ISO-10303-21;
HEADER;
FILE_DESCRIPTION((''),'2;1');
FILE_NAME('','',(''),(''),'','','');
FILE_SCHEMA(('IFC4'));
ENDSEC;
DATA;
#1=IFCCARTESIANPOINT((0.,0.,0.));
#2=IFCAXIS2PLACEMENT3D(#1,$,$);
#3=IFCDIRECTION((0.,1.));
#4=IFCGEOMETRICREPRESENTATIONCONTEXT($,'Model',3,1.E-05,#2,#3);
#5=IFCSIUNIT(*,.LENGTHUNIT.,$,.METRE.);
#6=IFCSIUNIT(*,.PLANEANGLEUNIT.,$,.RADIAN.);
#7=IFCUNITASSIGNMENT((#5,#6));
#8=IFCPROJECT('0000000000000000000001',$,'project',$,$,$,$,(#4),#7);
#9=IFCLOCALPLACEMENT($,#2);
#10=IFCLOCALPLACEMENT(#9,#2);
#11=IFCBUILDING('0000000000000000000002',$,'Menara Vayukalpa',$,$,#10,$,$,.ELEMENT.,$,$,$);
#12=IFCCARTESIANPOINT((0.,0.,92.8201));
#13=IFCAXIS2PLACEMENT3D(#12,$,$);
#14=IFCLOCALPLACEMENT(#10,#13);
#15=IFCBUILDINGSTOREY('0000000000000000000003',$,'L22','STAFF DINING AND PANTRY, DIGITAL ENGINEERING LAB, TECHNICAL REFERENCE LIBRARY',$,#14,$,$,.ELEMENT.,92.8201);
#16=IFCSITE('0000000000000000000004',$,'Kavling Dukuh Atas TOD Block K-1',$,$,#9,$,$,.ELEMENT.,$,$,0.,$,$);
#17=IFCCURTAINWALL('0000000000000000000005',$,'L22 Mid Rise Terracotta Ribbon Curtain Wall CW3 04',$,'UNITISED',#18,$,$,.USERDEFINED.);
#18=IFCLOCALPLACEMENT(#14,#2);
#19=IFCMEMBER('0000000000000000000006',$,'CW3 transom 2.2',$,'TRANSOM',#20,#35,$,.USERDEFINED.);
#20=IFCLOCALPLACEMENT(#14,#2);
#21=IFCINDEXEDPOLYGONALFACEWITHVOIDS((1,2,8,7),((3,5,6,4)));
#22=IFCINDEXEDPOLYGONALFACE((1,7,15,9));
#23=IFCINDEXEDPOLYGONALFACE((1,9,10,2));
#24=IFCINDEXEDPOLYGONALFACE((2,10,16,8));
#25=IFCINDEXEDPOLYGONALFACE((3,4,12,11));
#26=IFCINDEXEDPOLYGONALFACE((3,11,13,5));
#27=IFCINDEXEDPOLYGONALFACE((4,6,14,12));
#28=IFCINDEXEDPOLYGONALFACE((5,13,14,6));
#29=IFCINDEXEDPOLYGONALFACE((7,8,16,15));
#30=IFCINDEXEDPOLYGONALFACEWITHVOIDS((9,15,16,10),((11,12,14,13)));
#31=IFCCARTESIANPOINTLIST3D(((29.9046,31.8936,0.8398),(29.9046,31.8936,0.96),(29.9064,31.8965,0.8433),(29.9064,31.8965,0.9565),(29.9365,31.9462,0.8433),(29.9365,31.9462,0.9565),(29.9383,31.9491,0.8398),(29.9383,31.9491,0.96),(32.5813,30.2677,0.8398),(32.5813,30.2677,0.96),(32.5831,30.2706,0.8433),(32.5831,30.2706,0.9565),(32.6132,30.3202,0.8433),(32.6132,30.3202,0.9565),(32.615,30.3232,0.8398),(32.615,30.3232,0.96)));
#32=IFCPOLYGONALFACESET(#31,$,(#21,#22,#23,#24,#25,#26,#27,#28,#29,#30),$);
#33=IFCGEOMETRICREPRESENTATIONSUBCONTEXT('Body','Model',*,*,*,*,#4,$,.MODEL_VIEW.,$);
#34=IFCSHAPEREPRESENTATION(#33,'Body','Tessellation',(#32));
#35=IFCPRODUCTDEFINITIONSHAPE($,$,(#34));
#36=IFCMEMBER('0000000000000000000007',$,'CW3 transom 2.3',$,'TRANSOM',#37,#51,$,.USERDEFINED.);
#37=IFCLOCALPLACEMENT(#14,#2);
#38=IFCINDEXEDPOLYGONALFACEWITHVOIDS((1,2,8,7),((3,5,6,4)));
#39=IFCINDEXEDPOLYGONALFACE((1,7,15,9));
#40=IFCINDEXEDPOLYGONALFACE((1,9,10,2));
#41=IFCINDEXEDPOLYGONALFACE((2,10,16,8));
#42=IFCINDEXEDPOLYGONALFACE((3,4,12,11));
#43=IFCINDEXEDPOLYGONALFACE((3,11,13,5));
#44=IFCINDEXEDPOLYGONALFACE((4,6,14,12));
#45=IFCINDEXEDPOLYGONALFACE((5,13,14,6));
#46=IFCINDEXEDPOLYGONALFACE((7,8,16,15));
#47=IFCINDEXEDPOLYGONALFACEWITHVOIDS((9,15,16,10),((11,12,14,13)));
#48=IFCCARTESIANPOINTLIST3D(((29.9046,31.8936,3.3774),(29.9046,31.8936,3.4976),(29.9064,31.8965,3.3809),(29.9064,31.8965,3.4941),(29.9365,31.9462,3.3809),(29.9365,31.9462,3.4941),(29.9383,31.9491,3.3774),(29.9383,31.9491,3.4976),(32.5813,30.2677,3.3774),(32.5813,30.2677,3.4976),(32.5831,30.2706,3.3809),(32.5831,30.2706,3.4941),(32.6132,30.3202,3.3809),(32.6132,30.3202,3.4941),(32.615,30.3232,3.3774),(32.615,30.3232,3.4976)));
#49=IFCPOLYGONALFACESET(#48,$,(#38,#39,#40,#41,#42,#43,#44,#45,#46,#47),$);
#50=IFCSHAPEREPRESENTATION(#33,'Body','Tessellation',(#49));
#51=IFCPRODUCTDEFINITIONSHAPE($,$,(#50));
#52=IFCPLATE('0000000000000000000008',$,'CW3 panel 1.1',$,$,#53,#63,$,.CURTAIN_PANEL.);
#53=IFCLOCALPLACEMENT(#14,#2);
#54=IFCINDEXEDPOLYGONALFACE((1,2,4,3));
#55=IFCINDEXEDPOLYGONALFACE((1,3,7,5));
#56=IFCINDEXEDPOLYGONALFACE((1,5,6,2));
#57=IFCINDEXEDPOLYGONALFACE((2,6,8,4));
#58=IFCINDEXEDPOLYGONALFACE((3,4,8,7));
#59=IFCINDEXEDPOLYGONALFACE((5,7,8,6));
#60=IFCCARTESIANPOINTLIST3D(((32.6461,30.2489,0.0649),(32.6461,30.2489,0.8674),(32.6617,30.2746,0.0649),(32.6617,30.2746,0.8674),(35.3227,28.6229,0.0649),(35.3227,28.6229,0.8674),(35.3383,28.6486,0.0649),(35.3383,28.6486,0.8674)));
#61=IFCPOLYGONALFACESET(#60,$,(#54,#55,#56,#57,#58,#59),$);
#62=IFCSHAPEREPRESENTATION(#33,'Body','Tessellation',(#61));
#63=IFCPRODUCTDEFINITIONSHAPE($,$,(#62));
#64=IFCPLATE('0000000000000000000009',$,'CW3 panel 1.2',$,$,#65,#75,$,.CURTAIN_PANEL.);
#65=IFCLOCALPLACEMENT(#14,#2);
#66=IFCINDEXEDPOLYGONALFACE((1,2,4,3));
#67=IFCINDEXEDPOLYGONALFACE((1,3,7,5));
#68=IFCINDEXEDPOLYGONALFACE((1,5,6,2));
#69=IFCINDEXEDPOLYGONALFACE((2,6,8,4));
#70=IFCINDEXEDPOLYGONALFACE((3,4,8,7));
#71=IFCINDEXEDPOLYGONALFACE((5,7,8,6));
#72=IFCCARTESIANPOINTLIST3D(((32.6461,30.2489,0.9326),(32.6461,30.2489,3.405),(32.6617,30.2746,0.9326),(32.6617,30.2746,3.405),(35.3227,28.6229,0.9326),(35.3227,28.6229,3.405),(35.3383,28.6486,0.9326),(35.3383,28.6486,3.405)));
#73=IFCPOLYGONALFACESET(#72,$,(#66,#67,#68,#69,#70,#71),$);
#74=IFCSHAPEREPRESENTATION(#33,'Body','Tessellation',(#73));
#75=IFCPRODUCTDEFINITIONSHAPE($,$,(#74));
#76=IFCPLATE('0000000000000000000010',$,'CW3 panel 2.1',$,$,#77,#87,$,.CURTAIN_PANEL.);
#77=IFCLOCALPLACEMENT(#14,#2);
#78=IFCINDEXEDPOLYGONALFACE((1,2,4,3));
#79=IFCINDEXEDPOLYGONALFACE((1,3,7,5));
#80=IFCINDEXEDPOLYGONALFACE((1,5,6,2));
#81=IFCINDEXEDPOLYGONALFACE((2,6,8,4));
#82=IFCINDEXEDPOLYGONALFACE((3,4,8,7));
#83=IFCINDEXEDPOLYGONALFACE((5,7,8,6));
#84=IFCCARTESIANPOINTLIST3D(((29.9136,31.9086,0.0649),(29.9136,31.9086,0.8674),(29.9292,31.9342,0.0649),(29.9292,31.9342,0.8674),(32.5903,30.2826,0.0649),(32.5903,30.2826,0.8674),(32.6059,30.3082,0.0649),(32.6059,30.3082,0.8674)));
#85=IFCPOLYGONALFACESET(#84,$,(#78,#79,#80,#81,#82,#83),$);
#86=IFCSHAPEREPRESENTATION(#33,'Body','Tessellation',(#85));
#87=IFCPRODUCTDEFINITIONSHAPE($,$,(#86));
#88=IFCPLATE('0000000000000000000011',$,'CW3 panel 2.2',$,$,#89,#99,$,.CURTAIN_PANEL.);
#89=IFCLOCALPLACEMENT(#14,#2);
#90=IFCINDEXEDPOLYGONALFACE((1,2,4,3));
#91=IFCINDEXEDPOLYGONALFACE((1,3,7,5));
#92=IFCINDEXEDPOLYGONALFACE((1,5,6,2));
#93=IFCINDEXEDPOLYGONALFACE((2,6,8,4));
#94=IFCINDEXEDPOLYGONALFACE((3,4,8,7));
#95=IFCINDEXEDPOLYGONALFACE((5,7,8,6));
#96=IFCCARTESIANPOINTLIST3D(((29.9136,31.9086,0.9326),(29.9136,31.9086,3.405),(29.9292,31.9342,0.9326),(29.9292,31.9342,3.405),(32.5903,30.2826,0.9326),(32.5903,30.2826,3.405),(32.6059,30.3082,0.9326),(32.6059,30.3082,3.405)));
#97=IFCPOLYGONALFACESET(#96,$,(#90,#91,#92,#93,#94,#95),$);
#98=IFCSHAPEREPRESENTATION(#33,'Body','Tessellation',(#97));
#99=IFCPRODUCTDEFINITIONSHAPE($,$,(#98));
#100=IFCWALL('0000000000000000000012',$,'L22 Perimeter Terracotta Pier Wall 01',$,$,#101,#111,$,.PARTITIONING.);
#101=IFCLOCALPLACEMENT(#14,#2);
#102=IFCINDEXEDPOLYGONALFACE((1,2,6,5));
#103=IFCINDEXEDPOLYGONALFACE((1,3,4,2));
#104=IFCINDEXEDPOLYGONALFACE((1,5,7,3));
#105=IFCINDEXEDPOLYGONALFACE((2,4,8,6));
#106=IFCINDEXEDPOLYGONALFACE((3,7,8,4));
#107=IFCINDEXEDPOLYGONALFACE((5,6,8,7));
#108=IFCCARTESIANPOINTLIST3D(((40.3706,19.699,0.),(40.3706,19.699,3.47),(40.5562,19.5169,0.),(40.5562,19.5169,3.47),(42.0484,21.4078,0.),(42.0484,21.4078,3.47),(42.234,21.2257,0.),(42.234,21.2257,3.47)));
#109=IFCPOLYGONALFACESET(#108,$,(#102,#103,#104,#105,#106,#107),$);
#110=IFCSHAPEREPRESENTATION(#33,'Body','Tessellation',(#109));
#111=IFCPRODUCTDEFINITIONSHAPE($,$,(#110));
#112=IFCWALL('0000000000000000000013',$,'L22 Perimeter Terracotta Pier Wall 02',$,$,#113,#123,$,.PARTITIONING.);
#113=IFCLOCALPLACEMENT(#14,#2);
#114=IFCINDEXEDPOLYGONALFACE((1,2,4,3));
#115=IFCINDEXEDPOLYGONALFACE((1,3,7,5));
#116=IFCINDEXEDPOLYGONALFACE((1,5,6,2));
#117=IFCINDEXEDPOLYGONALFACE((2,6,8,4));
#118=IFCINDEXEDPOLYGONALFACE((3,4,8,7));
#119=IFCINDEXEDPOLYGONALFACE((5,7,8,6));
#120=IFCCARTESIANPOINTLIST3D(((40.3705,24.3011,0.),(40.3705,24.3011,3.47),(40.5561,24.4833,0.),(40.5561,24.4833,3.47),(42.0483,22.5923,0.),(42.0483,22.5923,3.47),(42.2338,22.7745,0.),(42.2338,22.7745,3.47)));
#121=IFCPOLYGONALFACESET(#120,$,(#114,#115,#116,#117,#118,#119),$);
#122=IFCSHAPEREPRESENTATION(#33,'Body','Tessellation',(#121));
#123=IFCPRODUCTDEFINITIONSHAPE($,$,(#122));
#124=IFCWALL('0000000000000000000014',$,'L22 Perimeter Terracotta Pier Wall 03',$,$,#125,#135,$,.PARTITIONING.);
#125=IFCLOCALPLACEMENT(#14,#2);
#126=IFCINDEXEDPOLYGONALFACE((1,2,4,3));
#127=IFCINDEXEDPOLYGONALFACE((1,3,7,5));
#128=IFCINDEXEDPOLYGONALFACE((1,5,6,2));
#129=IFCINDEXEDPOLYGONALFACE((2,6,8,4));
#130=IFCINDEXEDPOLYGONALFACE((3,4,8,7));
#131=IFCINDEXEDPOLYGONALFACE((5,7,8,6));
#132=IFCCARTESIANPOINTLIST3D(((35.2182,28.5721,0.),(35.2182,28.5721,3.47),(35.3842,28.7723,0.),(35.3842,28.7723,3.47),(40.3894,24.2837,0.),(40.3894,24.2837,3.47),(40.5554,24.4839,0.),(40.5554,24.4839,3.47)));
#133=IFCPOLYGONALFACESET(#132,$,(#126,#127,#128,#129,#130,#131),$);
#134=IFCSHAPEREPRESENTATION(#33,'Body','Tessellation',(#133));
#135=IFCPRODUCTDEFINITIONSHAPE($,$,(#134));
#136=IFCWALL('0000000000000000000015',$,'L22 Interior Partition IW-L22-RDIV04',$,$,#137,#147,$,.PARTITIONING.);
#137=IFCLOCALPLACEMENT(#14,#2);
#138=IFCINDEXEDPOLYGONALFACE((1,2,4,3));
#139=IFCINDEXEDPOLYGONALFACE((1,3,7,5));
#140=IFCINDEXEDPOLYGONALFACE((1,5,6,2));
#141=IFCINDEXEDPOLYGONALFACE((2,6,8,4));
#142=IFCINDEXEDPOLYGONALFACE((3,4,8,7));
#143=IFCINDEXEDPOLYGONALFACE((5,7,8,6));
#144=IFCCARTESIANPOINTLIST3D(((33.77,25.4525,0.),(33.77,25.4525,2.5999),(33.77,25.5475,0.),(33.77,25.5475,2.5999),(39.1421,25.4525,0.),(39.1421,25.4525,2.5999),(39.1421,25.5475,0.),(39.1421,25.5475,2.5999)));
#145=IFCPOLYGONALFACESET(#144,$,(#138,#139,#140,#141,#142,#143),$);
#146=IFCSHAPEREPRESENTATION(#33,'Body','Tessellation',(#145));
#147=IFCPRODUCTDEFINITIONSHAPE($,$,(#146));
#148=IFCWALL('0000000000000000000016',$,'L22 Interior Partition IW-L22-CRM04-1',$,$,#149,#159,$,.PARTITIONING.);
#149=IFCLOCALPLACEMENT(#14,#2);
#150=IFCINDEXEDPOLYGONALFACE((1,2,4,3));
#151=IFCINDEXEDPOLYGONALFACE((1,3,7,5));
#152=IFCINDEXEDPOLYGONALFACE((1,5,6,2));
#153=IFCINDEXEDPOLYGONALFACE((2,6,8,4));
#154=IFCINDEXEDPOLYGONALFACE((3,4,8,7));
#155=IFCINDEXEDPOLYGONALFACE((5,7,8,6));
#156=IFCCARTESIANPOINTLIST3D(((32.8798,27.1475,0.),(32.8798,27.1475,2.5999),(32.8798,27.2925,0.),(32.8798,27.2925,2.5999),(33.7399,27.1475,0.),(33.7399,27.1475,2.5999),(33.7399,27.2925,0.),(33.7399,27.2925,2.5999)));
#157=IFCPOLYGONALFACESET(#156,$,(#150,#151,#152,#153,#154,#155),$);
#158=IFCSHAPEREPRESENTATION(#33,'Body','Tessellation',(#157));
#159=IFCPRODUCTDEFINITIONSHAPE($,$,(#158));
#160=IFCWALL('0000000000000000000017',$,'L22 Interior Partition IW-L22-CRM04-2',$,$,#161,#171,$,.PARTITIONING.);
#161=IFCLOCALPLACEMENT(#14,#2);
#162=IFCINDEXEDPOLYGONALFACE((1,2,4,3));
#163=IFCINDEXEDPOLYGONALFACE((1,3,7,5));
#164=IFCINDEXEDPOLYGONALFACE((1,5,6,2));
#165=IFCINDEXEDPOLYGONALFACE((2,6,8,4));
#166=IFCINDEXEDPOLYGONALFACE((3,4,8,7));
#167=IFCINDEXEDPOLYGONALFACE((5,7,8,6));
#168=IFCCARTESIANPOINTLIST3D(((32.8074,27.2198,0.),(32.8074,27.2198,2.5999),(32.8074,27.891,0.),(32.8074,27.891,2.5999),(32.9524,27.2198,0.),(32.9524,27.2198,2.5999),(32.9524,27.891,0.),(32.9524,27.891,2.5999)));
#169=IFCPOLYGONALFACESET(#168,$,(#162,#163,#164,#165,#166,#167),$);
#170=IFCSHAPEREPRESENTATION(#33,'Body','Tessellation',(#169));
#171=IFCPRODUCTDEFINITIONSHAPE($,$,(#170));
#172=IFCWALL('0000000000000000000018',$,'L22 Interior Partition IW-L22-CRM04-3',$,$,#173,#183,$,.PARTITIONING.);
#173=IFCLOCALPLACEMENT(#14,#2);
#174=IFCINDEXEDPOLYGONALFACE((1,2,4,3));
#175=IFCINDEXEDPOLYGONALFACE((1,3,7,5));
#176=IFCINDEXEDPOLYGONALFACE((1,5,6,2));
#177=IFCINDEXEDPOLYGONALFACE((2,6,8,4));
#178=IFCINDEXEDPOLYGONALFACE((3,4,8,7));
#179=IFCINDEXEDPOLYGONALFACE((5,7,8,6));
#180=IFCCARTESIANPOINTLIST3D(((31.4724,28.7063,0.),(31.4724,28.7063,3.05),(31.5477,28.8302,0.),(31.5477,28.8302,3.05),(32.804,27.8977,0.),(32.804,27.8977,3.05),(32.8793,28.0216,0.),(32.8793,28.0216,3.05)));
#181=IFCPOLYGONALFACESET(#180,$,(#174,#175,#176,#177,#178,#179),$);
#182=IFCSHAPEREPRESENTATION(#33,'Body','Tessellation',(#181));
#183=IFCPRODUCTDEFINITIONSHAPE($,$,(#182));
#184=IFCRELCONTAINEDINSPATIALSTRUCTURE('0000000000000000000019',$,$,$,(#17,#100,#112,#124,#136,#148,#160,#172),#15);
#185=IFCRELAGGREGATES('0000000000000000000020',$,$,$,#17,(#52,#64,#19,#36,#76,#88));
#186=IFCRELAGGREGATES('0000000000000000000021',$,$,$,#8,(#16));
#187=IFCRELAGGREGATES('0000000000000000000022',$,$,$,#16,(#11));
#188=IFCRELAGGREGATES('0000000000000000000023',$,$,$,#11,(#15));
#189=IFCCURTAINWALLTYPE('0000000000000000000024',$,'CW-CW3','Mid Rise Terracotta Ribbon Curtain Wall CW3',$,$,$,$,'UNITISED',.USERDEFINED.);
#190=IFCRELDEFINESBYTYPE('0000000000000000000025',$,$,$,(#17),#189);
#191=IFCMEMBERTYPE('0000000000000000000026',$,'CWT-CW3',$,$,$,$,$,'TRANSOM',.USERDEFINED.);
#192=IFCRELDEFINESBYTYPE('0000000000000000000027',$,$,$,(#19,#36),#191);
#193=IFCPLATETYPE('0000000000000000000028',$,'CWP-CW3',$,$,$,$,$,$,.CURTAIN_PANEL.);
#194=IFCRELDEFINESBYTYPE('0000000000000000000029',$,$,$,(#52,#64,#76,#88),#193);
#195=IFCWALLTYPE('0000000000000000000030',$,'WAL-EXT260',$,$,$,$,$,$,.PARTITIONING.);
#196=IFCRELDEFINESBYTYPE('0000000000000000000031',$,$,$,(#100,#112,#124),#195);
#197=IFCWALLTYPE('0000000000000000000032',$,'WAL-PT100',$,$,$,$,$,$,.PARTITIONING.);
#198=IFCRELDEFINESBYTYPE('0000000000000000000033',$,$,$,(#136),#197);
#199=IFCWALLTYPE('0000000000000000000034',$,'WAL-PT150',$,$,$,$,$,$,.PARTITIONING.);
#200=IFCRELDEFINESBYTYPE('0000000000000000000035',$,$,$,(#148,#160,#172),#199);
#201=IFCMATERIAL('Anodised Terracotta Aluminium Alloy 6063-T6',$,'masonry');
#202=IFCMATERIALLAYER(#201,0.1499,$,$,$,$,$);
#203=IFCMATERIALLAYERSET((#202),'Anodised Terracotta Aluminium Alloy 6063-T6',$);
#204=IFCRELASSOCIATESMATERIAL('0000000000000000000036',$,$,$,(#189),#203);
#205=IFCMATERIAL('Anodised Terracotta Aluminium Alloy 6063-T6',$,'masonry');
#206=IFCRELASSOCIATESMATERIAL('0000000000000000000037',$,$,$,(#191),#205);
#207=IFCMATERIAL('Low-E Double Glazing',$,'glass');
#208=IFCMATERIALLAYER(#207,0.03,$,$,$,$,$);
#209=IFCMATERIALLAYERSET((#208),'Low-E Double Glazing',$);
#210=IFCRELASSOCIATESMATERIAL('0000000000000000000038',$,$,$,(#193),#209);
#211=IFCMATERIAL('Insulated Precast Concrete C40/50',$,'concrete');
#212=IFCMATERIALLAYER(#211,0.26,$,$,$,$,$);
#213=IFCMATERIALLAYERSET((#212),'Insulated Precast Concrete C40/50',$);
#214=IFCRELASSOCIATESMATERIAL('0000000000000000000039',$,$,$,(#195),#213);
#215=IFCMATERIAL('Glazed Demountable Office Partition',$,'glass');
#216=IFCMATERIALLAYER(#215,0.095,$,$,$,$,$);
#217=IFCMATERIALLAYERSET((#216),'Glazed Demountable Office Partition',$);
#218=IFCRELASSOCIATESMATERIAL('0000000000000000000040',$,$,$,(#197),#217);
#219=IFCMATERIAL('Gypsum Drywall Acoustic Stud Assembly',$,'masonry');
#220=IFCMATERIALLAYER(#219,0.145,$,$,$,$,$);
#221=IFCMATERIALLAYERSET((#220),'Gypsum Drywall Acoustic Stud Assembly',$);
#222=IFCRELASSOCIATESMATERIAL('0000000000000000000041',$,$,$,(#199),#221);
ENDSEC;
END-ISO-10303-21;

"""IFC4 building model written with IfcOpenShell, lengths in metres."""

from ifc_helpers import new_model, si_unit, direction, frame, frame_2d, origin, origin_2d, place, context, subcontext, project, spatial, rectangle, hollow_rectangle, extrude, material, layer, layer_set, material_profile, profile_set, type_object, element, aggregate, save


model = new_model("IFC4")

# Units and contexts
model_context = context("Model", 3, precision=1e-05, world=origin(), true_north=direction((0.0, 1.0)))
body_context = subcontext(model_context, "Body", "Model", "MODEL_VIEW")
ifc_project = project(units=[si_unit("LENGTHUNIT", "METRE"), si_unit("PLANEANGLEUNIT", "RADIAN")], contexts=[model_context])

# Site, building, storey
site_placement = place(None, origin())
site = spatial("IfcSite", under=ifc_project, at=site_placement, Name="Kavling Dukuh Atas TOD Block K-1", CompositionType="ELEMENT", RefElevation=0.0)
building_placement = place(site_placement, origin())
building = spatial("IfcBuilding", under=site, at=building_placement, Name="Menara Vayukalpa", CompositionType="ELEMENT")
storey_placement = place(building_placement, frame((0.0, 0.0, 92.8201)))
storey = spatial("IfcBuildingStorey", under=building, at=storey_placement, Name="L22", Description="STAFF DINING AND PANTRY, DIGITAL ENGINEERING LAB, TECHNICAL REFERENCE LIBRARY", CompositionType="ELEMENT", Elevation=92.8201)

# Curtain wall, members, plates
ifc_material_1 = material(Name="Anodised Terracotta Aluminium Alloy 6063-T6", Category="masonry")
ifc_layer_1 = layer(ifc_material_1, 0.1499)
ifc_layer_set_1 = layer_set([ifc_layer_1], Name="Anodised Terracotta Aluminium Alloy 6063-T6")
curtain_wall_type = type_object("IfcCurtainWallType", Name="CW-CW3", Description="Mid Rise Terracotta Ribbon Curtain Wall CW3", ElementType="UNITISED", PredefinedType="USERDEFINED", material=ifc_layer_set_1)
curtain_wall_placement = place(storey_placement, origin())
curtain_wall = element("IfcCurtainWall", 1, at=curtain_wall_placement, inside=storey, type_object=curtain_wall_type, Name="L22 Mid Rise Terracotta Ribbon Curtain Wall CW3 04", ObjectType="UNITISED", PredefinedType="USERDEFINED")
ifc_material_2 = material(Name="Anodised Terracotta Aluminium Alloy 6063-T6", Category="masonry")
ifc_material_profile_1 = material_profile(ifc_material_2, hollow_rectangle(XDim=0.0649, YDim=0.1201, WallThickness=0.0034, at=origin_2d()), Name="ALU 65x120x3.5")
ifc_profile_set_1 = profile_set([ifc_material_profile_1], Name="Anodised Terracotta Aluminium Alloy 6063-T6")
member_type_1 = type_object("IfcMemberType", Name="CWT-CW3", ElementType="TRANSOM", PredefinedType="USERDEFINED", material=ifc_profile_set_1)
member_1_placement = place(storey_placement, frame((32.5981, 30.2954, 0.8999), z_axis=(-0.854674, 0.519165, 0.0), x_axis=(-0.519165, -0.854674, 0.0)))
member_1 = element("IfcMember", 2, at=member_1_placement, type_object=member_type_1, Name="CW3 transom 2.2", ObjectType="TRANSOM", PredefinedType="USERDEFINED", context=body_context, shape_type="SweptSolid", body=[
    extrude(hollow_rectangle(XDim=0.0649, YDim=0.1201, WallThickness=0.0034, at=origin_2d()), origin(), (0.0, 0.0, 1.0), 3.1318),
])
member_2_placement = place(storey_placement, frame((32.5981, 30.2954, 3.4375), z_axis=(-0.854674, 0.519165, 0.0), x_axis=(-0.519165, -0.854674, 0.0)))
member_2 = element("IfcMember", 3, at=member_2_placement, type_object=member_type_1, Name="CW3 transom 2.3", ObjectType="TRANSOM", PredefinedType="USERDEFINED", context=body_context, shape_type="SweptSolid", body=[
    extrude(hollow_rectangle(XDim=0.0649, YDim=0.1201, WallThickness=0.0034, at=origin_2d()), origin(), (0.0, 0.0, 1.0), 3.1318),
])
ifc_material_3 = material(Name="Low-E Double Glazing", Category="glass")
ifc_layer_2 = layer(ifc_material_3, 0.03)
ifc_layer_set_2 = layer_set([ifc_layer_2], Name="Low-E Double Glazing")
plate_type = type_object("IfcPlateType", Name="CWP-CW3", PredefinedType="CURTAIN_PANEL", material=ifc_layer_set_2)
plate_1_placement = place(storey_placement, frame((33.9922, 29.4487, 0.0649), z_axis=(0.0, 0.0, 1.0), x_axis=(-0.854663, 0.519183, 0.0)))
plate_1 = element("IfcPlate", 4, at=plate_1_placement, type_object=plate_type, Name="CW3 panel 1.1", PredefinedType="CURTAIN_PANEL", context=body_context, shape_type="SweptSolid", body=[
    extrude(rectangle(XDim=3.1318, YDim=0.03, at=origin_2d()), origin(), (0.0, 0.0, 1.0), 0.8025),
])
plate_2_placement = place(storey_placement, frame((33.9922, 29.4487, 0.9326), z_axis=(0.0, 0.0, 1.0), x_axis=(-0.854663, 0.519183, 0.0)))
plate_2 = element("IfcPlate", 5, at=plate_2_placement, type_object=plate_type, Name="CW3 panel 1.2", PredefinedType="CURTAIN_PANEL", context=body_context, shape_type="SweptSolid", body=[
    extrude(rectangle(XDim=3.1318, YDim=0.03, at=origin_2d()), origin(), (0.0, 0.0, 1.0), 2.4724),
])
plate_3_placement = place(storey_placement, frame((31.2598, 31.1084, 0.0649), z_axis=(0.0, 0.0, 1.0), x_axis=(-0.854663, 0.519183, 0.0)))
plate_3 = element("IfcPlate", 6, at=plate_3_placement, type_object=plate_type, Name="CW3 panel 2.1", PredefinedType="CURTAIN_PANEL", context=body_context, shape_type="SweptSolid", body=[
    extrude(rectangle(XDim=3.1318, YDim=0.03, at=origin_2d()), origin(), (0.0, 0.0, 1.0), 0.8025),
])
plate_4_placement = place(storey_placement, frame((31.2598, 31.1084, 0.9326), z_axis=(0.0, 0.0, 1.0), x_axis=(-0.854663, 0.519183, 0.0)))
plate_4 = element("IfcPlate", 7, at=plate_4_placement, type_object=plate_type, Name="CW3 panel 2.2", PredefinedType="CURTAIN_PANEL", context=body_context, shape_type="SweptSolid", body=[
    extrude(rectangle(XDim=3.1318, YDim=0.03, at=origin_2d()), origin(), (0.0, 0.0, 1.0), 2.4724),
])
aggregate(curtain_wall, [plate_1, plate_2, member_1, member_2, plate_3, plate_4])

# Walls
ifc_material_4 = material(Name="Insulated Precast Concrete C40/50", Category="concrete")
ifc_layer_3 = layer(ifc_material_4, 0.26)
ifc_layer_set_3 = layer_set([ifc_layer_3], Name="Insulated Precast Concrete C40/50")
wall_type_1 = type_object("IfcWallType", Name="WAL-EXT260", PredefinedType="PARTITIONING", material=ifc_layer_set_3)
for number, where, z_axis, x_axis, name in (
    (8, (42.1411, 21.3167, 0.0), (0.0, 0.0, 1.0), (-0.700603, -0.713551, 0.0), "L22 Perimeter Terracotta Pier Wall 01"),
    (9, (40.4634, 24.3921, 0.0), (0.0, 0.0, 1.0), (0.700603, -0.713551, 0.0), "L22 Perimeter Terracotta Pier Wall 02"),
):
    element("IfcWall", number, at=place(storey_placement, frame(where, z_axis=z_axis, x_axis=x_axis)), inside=storey, type_object=wall_type_1, Name=name, PredefinedType="PARTITIONING", context=body_context, shape_type="SweptSolid", body=[
        extrude(rectangle(XDim=2.3948, YDim=0.26, at=frame_2d((1.1973, 0.0))), origin(), (0.0, 0.0, 1.0), 3.47),
    ])
wall_1_placement = place(storey_placement, frame((35.3013, 28.6721, 0.0), z_axis=(0.0, 0.0, 1.0), x_axis=(0.769753, -0.638342, 0.0)))
element("IfcWall", 10, at=wall_1_placement, inside=storey, type_object=wall_type_1, Name="L22 Perimeter Terracotta Pier Wall 03", PredefinedType="PARTITIONING", context=body_context, shape_type="SweptSolid", body=[
    extrude(rectangle(XDim=6.718, YDim=0.26, at=frame_2d((3.3589, 0.0))), origin(), (0.0, 0.0, 1.0), 3.47),
])
ifc_material_5 = material(Name="Glazed Demountable Office Partition", Category="glass")
ifc_layer_4 = layer(ifc_material_5, 0.095)
ifc_layer_set_4 = layer_set([ifc_layer_4], Name="Glazed Demountable Office Partition")
wall_type_2 = type_object("IfcWallType", Name="WAL-PT100", PredefinedType="PARTITIONING", material=ifc_layer_set_4)
wall_2_placement = place(storey_placement, frame((33.77, 25.5, 0.0), z_axis=(0.0, 0.0, 1.0), x_axis=(1.0, 0.0, 0.0)))
element("IfcWall", 11, at=wall_2_placement, inside=storey, type_object=wall_type_2, Name="L22 Interior Partition IW-L22-RDIV04", PredefinedType="PARTITIONING", context=body_context, shape_type="SweptSolid", body=[
    extrude(rectangle(XDim=5.3721, YDim=0.095, at=frame_2d((2.686, 0.0))), origin(), (0.0, 0.0, 1.0), 2.5999),
])
ifc_material_6 = material(Name="Gypsum Drywall Acoustic Stud Assembly", Category="masonry")
ifc_layer_5 = layer(ifc_material_6, 0.145)
ifc_layer_set_5 = layer_set([ifc_layer_5], Name="Gypsum Drywall Acoustic Stud Assembly")
wall_type_3 = type_object("IfcWallType", Name="WAL-PT150", PredefinedType="PARTITIONING", material=ifc_layer_set_5)
wall_3_placement = place(storey_placement, frame((33.74, 27.22, 0.0), z_axis=(0.0, 0.0, 1.0), x_axis=(-1.0, 0.0, 0.0)))
element("IfcWall", 12, at=wall_3_placement, inside=storey, type_object=wall_type_3, Name="L22 Interior Partition IW-L22-CRM04-1", PredefinedType="PARTITIONING", context=body_context, shape_type="SweptSolid", body=[
    extrude(rectangle(XDim=0.8601, YDim=0.145, at=frame_2d((0.4302, 0.0))), origin(), (0.0, 0.0, 1.0), 2.5999),
])
wall_4_placement = place(storey_placement, frame((32.8799, 27.22, 0.0), z_axis=(0.0, 0.0, 1.0), x_axis=(0.0, 1.0, 0.0)))
element("IfcWall", 13, at=wall_4_placement, inside=storey, type_object=wall_type_3, Name="L22 Interior Partition IW-L22-CRM04-2", PredefinedType="PARTITIONING", context=body_context, shape_type="SweptSolid", body=[
    extrude(rectangle(XDim=0.6711, YDim=0.145, at=frame_2d((0.3354, 0.0))), origin(), (0.0, 0.0, 1.0), 2.5999),
])
wall_5_placement = place(storey_placement, frame((32.8416, 27.9597, 0.0), z_axis=(0.0, 0.0, 1.0), x_axis=(-0.854743, 0.519052, 0.0)))
element("IfcWall", 14, at=wall_5_placement, inside=storey, type_object=wall_type_3, Name="L22 Interior Partition IW-L22-CRM04-3", PredefinedType="PARTITIONING", context=body_context, shape_type="SweptSolid", body=[
    extrude(rectangle(XDim=1.5579, YDim=0.145, at=frame_2d((0.7788, 0.0))), origin(), (0.0, 0.0, 1.0), 3.05),
])

save(model, "model.ifc")
